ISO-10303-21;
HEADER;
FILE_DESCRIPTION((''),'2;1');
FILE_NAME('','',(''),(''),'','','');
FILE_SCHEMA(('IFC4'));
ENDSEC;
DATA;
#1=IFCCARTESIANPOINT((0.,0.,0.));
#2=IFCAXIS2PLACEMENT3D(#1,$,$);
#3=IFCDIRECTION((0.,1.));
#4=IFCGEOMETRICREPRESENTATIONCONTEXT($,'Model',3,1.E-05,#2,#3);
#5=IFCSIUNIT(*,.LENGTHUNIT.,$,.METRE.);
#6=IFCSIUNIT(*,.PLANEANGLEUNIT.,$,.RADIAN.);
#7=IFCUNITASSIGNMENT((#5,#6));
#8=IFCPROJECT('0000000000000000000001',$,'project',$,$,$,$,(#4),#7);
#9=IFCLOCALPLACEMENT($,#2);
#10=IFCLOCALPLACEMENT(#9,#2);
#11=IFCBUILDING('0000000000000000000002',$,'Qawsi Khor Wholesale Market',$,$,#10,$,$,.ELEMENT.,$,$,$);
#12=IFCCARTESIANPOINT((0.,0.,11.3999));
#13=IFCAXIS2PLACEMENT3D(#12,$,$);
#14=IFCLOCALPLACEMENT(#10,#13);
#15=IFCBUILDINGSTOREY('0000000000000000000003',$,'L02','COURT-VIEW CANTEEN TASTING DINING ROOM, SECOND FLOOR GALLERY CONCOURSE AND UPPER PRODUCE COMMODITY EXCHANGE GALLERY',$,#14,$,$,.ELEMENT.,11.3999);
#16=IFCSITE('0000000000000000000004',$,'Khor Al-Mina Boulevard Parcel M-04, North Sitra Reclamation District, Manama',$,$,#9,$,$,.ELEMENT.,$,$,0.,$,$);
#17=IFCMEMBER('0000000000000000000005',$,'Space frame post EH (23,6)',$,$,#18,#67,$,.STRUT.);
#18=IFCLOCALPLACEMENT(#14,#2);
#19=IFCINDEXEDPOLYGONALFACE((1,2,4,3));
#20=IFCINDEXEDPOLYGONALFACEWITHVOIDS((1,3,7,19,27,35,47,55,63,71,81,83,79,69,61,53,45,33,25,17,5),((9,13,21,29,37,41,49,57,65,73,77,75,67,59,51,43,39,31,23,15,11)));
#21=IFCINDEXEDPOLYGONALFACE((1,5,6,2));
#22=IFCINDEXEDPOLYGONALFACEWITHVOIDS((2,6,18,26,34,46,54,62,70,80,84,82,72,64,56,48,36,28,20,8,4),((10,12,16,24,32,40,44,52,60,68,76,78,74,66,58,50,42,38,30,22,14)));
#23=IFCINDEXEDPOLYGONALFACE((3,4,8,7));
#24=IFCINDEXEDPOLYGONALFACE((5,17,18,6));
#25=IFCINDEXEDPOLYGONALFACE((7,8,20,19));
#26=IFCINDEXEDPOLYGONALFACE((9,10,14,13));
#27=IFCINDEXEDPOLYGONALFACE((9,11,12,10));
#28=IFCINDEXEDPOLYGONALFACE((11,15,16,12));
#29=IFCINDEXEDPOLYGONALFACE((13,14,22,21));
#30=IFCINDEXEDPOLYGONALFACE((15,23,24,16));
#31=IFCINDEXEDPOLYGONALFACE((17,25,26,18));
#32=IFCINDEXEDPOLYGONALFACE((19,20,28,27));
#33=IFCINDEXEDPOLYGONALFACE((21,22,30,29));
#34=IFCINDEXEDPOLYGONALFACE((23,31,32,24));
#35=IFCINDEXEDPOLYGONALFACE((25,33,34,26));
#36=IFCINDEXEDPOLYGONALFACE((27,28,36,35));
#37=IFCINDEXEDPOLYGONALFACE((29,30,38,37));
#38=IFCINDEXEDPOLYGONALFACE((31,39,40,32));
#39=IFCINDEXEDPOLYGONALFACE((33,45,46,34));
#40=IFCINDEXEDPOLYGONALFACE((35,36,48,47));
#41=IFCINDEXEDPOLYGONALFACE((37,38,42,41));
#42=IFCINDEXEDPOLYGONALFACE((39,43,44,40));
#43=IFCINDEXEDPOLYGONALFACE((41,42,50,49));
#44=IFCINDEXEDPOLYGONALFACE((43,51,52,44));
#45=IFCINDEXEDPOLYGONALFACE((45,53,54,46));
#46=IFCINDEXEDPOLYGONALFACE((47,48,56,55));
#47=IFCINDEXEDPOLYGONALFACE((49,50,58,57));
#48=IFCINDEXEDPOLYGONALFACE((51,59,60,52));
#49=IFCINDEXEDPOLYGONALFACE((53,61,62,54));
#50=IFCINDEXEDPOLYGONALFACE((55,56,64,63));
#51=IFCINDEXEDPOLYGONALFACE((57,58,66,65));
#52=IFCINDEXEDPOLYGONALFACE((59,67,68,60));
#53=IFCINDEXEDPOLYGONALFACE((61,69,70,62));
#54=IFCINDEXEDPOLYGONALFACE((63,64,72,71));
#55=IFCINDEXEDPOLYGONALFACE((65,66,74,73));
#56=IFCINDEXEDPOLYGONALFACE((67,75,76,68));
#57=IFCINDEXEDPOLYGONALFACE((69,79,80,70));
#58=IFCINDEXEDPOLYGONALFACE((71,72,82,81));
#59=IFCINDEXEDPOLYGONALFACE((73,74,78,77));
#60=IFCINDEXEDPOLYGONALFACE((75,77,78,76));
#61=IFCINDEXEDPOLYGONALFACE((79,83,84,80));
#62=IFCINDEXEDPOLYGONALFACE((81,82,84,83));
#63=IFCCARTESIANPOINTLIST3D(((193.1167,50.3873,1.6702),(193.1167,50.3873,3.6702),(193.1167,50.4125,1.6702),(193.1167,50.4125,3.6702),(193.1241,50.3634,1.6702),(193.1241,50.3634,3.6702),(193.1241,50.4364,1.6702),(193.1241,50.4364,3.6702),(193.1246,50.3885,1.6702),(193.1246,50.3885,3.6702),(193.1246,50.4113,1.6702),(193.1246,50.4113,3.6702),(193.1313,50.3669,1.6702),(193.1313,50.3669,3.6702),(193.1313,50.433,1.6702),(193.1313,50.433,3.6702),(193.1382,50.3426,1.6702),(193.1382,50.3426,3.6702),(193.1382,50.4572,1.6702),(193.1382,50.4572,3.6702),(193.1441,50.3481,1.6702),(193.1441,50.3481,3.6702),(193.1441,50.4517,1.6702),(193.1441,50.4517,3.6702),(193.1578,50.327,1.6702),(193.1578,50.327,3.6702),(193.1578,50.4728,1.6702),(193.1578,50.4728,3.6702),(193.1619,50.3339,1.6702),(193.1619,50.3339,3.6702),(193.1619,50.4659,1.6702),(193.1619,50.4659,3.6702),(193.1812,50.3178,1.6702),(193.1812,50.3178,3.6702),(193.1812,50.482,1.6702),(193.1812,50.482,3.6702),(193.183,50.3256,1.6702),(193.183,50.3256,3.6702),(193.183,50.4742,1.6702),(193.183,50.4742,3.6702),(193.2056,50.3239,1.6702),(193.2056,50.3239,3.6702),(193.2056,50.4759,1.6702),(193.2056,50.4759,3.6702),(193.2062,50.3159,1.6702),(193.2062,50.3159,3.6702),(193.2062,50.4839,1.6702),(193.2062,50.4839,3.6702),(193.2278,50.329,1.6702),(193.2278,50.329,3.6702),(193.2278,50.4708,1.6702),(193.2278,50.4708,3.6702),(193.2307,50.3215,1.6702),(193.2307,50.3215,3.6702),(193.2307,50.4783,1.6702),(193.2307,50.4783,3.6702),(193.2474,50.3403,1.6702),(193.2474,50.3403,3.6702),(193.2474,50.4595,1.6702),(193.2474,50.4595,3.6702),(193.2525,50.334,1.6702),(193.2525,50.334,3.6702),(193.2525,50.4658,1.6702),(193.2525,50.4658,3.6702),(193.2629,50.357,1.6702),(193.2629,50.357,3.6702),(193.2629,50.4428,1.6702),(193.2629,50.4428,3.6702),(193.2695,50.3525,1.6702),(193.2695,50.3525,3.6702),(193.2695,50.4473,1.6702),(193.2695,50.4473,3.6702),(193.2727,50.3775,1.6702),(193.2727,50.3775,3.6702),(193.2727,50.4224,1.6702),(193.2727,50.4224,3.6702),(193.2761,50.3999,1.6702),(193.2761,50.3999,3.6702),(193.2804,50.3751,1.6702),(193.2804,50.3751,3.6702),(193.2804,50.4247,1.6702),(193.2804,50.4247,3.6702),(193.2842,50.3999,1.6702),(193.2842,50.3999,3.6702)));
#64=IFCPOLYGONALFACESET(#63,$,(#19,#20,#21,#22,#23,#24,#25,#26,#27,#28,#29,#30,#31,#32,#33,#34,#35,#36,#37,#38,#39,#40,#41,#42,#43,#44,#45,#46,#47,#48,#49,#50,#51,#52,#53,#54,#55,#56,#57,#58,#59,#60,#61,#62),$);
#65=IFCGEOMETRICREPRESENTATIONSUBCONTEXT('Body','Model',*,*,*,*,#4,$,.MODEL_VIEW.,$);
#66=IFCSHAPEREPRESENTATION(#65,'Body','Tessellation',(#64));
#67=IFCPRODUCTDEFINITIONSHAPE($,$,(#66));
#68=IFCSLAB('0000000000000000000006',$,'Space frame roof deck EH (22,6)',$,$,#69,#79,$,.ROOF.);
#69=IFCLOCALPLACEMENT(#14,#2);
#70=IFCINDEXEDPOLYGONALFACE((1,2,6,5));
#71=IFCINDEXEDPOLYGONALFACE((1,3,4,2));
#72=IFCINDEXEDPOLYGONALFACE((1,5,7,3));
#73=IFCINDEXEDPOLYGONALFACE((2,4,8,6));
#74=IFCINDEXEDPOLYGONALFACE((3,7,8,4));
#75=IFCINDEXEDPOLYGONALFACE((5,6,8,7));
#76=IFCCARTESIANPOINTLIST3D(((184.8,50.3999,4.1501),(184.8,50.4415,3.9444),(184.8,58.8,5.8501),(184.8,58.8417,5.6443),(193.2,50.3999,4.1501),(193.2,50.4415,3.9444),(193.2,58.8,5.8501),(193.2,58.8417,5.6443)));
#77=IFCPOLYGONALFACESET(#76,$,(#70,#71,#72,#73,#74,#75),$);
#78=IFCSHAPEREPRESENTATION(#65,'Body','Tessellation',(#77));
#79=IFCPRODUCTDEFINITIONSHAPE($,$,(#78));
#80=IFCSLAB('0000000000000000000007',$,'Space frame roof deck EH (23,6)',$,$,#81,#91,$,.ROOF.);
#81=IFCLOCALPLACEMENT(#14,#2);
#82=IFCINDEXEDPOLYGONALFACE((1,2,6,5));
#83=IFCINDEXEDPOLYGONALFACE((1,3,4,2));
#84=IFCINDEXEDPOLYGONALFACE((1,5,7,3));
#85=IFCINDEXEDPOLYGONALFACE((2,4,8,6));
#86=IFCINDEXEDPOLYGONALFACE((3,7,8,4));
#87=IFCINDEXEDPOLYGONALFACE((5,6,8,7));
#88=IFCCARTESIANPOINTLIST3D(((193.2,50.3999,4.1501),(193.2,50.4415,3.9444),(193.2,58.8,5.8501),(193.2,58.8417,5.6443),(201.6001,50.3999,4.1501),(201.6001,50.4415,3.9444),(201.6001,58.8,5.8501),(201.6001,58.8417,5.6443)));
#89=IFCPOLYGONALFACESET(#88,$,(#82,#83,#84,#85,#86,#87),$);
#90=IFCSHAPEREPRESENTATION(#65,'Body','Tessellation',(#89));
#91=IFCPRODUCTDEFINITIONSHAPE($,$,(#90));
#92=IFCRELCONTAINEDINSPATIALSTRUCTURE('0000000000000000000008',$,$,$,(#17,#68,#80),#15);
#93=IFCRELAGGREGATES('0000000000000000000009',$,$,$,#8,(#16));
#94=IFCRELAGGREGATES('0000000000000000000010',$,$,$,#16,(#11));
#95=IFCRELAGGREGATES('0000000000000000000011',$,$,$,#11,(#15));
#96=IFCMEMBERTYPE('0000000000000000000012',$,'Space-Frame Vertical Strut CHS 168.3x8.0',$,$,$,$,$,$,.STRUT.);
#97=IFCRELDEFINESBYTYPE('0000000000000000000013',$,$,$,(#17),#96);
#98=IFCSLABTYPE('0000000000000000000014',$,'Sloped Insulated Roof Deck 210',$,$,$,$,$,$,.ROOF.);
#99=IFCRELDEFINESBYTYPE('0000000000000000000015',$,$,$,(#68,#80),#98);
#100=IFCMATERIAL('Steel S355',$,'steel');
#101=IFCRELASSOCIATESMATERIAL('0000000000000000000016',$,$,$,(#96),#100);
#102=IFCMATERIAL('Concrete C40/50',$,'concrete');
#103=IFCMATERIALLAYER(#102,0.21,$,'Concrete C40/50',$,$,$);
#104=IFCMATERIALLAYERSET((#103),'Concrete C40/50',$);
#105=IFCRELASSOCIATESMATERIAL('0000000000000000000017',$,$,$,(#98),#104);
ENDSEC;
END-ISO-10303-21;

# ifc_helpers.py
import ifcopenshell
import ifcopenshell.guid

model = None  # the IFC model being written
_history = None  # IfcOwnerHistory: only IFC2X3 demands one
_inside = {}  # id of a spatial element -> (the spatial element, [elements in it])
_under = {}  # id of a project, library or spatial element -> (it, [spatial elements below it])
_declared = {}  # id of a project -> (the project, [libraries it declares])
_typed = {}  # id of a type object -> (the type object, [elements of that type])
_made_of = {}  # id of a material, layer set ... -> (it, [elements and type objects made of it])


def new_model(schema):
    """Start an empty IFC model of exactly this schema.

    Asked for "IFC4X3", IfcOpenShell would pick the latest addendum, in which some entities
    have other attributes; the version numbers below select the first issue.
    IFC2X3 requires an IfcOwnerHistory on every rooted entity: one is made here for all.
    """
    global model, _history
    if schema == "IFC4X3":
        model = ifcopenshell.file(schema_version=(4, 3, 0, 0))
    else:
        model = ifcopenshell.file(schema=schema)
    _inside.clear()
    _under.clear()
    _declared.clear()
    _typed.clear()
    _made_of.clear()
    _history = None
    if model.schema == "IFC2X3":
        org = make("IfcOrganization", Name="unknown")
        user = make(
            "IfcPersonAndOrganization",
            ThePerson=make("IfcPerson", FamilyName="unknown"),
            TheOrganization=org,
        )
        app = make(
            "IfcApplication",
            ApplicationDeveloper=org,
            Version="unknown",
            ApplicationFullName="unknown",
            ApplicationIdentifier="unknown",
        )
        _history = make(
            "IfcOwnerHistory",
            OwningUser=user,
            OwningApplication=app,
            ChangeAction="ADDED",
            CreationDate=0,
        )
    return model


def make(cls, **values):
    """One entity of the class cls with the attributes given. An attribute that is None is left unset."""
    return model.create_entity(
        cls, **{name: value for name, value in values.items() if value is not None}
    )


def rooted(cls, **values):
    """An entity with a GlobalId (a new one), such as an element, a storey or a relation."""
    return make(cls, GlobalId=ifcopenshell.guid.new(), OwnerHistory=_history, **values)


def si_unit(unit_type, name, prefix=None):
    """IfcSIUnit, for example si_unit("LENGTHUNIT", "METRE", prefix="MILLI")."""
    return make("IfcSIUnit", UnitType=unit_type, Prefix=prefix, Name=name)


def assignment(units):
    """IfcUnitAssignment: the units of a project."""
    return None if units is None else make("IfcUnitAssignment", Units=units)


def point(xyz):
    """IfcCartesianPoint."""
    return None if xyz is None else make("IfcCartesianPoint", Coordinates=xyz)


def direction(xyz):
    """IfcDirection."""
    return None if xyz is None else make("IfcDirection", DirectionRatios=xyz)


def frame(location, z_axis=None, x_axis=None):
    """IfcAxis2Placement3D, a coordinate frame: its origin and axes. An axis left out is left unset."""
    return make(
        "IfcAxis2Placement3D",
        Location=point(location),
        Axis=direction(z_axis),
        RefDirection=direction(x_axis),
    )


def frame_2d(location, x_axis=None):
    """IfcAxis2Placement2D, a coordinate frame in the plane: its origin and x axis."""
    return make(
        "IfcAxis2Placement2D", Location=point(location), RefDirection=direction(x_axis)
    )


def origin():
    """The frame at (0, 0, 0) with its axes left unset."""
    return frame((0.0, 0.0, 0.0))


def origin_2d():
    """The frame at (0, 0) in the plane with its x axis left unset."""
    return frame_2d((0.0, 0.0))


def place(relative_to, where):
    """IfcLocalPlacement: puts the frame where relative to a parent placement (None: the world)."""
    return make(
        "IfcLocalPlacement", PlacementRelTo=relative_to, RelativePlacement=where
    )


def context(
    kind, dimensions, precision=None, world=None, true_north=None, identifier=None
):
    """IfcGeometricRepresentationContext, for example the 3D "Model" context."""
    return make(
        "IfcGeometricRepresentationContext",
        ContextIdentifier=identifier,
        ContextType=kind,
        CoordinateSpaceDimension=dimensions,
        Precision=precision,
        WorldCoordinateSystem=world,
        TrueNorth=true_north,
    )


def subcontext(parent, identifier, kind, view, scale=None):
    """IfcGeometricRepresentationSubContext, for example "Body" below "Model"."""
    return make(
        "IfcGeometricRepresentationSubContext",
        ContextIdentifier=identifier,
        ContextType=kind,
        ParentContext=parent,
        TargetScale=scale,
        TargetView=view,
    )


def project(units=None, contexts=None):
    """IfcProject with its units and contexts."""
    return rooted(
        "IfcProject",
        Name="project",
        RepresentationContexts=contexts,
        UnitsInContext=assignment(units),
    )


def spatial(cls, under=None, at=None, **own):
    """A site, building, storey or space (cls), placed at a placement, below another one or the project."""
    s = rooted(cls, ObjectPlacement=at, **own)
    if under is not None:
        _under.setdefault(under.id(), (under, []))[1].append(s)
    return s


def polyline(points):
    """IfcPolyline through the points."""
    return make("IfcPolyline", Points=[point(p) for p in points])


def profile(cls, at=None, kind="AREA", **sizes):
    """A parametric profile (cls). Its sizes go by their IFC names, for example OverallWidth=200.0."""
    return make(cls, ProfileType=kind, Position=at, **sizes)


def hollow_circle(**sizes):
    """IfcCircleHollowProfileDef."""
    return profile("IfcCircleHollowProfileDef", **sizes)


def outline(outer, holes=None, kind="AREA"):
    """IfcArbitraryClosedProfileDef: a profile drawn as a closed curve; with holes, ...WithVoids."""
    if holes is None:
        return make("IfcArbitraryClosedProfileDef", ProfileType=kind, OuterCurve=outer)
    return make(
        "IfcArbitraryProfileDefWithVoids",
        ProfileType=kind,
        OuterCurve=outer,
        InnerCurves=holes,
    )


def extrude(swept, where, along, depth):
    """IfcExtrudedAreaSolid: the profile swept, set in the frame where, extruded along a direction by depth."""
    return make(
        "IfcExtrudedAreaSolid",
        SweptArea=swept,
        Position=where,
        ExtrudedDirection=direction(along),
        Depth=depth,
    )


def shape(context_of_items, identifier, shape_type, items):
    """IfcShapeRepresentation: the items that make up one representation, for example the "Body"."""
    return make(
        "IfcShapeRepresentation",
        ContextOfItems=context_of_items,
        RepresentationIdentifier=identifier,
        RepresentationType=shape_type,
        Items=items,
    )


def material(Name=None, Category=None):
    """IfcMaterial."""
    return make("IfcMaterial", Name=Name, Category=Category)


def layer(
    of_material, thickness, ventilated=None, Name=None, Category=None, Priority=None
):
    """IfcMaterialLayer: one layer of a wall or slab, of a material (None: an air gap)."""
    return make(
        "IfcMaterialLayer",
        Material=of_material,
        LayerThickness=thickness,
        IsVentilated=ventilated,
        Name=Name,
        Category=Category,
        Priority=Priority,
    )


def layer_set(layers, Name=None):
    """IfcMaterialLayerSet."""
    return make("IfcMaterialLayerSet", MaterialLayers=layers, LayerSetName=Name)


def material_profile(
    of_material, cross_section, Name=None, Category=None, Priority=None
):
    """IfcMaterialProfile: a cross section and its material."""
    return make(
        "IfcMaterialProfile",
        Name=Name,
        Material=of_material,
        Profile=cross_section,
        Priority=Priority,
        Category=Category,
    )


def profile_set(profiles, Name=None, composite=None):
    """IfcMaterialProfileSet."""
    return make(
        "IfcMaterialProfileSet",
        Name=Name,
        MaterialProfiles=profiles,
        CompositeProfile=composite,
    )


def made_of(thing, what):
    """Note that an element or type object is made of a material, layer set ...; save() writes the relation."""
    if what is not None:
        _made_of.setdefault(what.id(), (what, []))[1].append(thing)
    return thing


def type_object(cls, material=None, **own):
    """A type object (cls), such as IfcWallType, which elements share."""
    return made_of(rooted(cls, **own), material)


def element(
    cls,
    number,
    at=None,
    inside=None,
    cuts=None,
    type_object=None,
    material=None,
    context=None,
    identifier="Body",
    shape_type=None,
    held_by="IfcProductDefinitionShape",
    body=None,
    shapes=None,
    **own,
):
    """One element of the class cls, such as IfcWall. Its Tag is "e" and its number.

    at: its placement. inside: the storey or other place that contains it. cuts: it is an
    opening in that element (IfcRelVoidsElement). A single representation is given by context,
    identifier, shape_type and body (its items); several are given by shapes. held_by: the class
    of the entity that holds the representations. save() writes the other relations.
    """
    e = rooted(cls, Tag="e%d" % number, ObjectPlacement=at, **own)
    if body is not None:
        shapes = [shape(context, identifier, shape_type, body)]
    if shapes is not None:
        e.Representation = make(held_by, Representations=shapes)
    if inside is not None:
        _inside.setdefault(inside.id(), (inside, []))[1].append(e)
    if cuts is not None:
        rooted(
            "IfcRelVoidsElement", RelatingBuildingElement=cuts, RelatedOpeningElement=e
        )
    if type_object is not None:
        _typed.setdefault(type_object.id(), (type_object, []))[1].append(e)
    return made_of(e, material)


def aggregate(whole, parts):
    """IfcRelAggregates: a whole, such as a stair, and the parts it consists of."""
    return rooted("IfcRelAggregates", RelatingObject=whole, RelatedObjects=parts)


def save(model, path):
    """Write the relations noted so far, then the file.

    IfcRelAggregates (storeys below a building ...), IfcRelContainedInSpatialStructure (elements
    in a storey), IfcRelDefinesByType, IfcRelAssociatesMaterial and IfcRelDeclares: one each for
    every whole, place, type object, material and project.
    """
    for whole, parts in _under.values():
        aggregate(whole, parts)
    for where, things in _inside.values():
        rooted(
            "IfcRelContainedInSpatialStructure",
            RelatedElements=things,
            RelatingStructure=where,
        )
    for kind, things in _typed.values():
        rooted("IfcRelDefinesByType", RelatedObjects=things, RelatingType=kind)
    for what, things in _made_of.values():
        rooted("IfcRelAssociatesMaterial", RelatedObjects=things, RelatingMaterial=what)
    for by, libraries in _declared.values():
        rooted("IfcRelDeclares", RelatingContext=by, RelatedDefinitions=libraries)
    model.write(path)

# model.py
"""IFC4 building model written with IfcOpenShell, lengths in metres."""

from ifc_helpers import new_model, si_unit, direction, frame, origin, origin_2d, place, context, subcontext, project, spatial, polyline, hollow_circle, outline, extrude, material, layer, layer_set, material_profile, profile_set, type_object, element, save


model = new_model("IFC4")

# Units and contexts
model_context = context("Model", 3, precision=1e-05, world=origin(), true_north=direction((0.0, 1.0)))
body_context = subcontext(model_context, "Body", "Model", "MODEL_VIEW")
ifc_project = project(units=[si_unit("LENGTHUNIT", "METRE"), si_unit("PLANEANGLEUNIT", "RADIAN")], contexts=[model_context])

# Site, building, storey
site_placement = place(None, origin())
site = spatial("IfcSite", under=ifc_project, at=site_placement, Name="Khor Al-Mina Boulevard Parcel M-04, North Sitra Reclamation District, Manama", CompositionType="ELEMENT", RefElevation=0.0)
building_placement = place(site_placement, origin())
building = spatial("IfcBuilding", under=site, at=building_placement, Name="Qawsi Khor Wholesale Market", CompositionType="ELEMENT")
storey_placement = place(building_placement, frame((0.0, 0.0, 11.3999)))
storey = spatial("IfcBuildingStorey", under=building, at=storey_placement, Name="L02", Description="COURT-VIEW CANTEEN TASTING DINING ROOM, SECOND FLOOR GALLERY CONCOURSE AND UPPER PRODUCE COMMODITY EXCHANGE GALLERY", CompositionType="ELEMENT", Elevation=11.3999)

# Member
ifc_material_1 = material(Name="Steel S355", Category="steel")
ifc_material_profile_1 = material_profile(ifc_material_1, hollow_circle(Radius=0.0842, WallThickness=0.0081, at=origin_2d()), Name="CHS 168.3x8.0")
ifc_profile_set_1 = profile_set([ifc_material_profile_1], Name="Steel S355")
member_type_1 = type_object("IfcMemberType", Name="Space-Frame Vertical Strut CHS 168.3x8.0", PredefinedType="STRUT", material=ifc_profile_set_1)
member_1_placement = place(storey_placement, frame((193.2, 50.3999, 1.6702), z_axis=(0.0, 0.0, 1.0), x_axis=(1.0, 0.0, 0.0)))
element("IfcMember", 1, at=member_1_placement, inside=storey, type_object=member_type_1, Name="Space frame post EH (23,6)", PredefinedType="STRUT", context=body_context, shape_type="SweptSolid", body=[
    extrude(hollow_circle(Radius=0.0842, WallThickness=0.0081, at=origin_2d()), origin(), (0.0, 0.0, 1.0), 2.0),
])

# Slabs
ifc_material_2 = material(Name="Concrete C40/50", Category="concrete")
ifc_layer_1 = layer(ifc_material_2, 0.21, Name="Concrete C40/50")
ifc_layer_set_1 = layer_set([ifc_layer_1], Name="Concrete C40/50")
slab_type = type_object("IfcSlabType", Name="Sloped Insulated Roof Deck 210", PredefinedType="ROOF", material=ifc_layer_set_1)
slab_1_placement = place(storey_placement, frame((184.8, 50.3999, 4.1501), z_axis=(0.0, -0.198351, 0.980131), x_axis=(1.0, 0.0, 0.0)))
element("IfcSlab", 2, at=slab_1_placement, inside=storey, type_object=slab_type, Name="Space frame roof deck EH (22,6)", PredefinedType="ROOF", context=body_context, shape_type="SweptSolid", body=[
    extrude(outline(polyline([(0.0, 0.0), (8.3999, 0.0), (8.3999, 8.5704), (0.0, 8.5704), (0.0, 0.0)])), origin(), (0.0, 0.0, -1.0), 0.21),
])
slab_2_placement = place(storey_placement, frame((193.2, 50.3999, 4.1501), z_axis=(0.0, -0.198351, 0.980131), x_axis=(1.0, 0.0, 0.0)))
element("IfcSlab", 3, at=slab_2_placement, inside=storey, type_object=slab_type, Name="Space frame roof deck EH (23,6)", PredefinedType="ROOF", context=body_context, shape_type="SweptSolid", body=[
    extrude(outline(polyline([(0.0, 0.0), (8.4001, 0.0), (8.4001, 8.5704), (0.0, 8.5704), (0.0, 0.0)])), origin(), (0.0, 0.0, -1.0), 0.21),
])

save(model, "model.ifc")
